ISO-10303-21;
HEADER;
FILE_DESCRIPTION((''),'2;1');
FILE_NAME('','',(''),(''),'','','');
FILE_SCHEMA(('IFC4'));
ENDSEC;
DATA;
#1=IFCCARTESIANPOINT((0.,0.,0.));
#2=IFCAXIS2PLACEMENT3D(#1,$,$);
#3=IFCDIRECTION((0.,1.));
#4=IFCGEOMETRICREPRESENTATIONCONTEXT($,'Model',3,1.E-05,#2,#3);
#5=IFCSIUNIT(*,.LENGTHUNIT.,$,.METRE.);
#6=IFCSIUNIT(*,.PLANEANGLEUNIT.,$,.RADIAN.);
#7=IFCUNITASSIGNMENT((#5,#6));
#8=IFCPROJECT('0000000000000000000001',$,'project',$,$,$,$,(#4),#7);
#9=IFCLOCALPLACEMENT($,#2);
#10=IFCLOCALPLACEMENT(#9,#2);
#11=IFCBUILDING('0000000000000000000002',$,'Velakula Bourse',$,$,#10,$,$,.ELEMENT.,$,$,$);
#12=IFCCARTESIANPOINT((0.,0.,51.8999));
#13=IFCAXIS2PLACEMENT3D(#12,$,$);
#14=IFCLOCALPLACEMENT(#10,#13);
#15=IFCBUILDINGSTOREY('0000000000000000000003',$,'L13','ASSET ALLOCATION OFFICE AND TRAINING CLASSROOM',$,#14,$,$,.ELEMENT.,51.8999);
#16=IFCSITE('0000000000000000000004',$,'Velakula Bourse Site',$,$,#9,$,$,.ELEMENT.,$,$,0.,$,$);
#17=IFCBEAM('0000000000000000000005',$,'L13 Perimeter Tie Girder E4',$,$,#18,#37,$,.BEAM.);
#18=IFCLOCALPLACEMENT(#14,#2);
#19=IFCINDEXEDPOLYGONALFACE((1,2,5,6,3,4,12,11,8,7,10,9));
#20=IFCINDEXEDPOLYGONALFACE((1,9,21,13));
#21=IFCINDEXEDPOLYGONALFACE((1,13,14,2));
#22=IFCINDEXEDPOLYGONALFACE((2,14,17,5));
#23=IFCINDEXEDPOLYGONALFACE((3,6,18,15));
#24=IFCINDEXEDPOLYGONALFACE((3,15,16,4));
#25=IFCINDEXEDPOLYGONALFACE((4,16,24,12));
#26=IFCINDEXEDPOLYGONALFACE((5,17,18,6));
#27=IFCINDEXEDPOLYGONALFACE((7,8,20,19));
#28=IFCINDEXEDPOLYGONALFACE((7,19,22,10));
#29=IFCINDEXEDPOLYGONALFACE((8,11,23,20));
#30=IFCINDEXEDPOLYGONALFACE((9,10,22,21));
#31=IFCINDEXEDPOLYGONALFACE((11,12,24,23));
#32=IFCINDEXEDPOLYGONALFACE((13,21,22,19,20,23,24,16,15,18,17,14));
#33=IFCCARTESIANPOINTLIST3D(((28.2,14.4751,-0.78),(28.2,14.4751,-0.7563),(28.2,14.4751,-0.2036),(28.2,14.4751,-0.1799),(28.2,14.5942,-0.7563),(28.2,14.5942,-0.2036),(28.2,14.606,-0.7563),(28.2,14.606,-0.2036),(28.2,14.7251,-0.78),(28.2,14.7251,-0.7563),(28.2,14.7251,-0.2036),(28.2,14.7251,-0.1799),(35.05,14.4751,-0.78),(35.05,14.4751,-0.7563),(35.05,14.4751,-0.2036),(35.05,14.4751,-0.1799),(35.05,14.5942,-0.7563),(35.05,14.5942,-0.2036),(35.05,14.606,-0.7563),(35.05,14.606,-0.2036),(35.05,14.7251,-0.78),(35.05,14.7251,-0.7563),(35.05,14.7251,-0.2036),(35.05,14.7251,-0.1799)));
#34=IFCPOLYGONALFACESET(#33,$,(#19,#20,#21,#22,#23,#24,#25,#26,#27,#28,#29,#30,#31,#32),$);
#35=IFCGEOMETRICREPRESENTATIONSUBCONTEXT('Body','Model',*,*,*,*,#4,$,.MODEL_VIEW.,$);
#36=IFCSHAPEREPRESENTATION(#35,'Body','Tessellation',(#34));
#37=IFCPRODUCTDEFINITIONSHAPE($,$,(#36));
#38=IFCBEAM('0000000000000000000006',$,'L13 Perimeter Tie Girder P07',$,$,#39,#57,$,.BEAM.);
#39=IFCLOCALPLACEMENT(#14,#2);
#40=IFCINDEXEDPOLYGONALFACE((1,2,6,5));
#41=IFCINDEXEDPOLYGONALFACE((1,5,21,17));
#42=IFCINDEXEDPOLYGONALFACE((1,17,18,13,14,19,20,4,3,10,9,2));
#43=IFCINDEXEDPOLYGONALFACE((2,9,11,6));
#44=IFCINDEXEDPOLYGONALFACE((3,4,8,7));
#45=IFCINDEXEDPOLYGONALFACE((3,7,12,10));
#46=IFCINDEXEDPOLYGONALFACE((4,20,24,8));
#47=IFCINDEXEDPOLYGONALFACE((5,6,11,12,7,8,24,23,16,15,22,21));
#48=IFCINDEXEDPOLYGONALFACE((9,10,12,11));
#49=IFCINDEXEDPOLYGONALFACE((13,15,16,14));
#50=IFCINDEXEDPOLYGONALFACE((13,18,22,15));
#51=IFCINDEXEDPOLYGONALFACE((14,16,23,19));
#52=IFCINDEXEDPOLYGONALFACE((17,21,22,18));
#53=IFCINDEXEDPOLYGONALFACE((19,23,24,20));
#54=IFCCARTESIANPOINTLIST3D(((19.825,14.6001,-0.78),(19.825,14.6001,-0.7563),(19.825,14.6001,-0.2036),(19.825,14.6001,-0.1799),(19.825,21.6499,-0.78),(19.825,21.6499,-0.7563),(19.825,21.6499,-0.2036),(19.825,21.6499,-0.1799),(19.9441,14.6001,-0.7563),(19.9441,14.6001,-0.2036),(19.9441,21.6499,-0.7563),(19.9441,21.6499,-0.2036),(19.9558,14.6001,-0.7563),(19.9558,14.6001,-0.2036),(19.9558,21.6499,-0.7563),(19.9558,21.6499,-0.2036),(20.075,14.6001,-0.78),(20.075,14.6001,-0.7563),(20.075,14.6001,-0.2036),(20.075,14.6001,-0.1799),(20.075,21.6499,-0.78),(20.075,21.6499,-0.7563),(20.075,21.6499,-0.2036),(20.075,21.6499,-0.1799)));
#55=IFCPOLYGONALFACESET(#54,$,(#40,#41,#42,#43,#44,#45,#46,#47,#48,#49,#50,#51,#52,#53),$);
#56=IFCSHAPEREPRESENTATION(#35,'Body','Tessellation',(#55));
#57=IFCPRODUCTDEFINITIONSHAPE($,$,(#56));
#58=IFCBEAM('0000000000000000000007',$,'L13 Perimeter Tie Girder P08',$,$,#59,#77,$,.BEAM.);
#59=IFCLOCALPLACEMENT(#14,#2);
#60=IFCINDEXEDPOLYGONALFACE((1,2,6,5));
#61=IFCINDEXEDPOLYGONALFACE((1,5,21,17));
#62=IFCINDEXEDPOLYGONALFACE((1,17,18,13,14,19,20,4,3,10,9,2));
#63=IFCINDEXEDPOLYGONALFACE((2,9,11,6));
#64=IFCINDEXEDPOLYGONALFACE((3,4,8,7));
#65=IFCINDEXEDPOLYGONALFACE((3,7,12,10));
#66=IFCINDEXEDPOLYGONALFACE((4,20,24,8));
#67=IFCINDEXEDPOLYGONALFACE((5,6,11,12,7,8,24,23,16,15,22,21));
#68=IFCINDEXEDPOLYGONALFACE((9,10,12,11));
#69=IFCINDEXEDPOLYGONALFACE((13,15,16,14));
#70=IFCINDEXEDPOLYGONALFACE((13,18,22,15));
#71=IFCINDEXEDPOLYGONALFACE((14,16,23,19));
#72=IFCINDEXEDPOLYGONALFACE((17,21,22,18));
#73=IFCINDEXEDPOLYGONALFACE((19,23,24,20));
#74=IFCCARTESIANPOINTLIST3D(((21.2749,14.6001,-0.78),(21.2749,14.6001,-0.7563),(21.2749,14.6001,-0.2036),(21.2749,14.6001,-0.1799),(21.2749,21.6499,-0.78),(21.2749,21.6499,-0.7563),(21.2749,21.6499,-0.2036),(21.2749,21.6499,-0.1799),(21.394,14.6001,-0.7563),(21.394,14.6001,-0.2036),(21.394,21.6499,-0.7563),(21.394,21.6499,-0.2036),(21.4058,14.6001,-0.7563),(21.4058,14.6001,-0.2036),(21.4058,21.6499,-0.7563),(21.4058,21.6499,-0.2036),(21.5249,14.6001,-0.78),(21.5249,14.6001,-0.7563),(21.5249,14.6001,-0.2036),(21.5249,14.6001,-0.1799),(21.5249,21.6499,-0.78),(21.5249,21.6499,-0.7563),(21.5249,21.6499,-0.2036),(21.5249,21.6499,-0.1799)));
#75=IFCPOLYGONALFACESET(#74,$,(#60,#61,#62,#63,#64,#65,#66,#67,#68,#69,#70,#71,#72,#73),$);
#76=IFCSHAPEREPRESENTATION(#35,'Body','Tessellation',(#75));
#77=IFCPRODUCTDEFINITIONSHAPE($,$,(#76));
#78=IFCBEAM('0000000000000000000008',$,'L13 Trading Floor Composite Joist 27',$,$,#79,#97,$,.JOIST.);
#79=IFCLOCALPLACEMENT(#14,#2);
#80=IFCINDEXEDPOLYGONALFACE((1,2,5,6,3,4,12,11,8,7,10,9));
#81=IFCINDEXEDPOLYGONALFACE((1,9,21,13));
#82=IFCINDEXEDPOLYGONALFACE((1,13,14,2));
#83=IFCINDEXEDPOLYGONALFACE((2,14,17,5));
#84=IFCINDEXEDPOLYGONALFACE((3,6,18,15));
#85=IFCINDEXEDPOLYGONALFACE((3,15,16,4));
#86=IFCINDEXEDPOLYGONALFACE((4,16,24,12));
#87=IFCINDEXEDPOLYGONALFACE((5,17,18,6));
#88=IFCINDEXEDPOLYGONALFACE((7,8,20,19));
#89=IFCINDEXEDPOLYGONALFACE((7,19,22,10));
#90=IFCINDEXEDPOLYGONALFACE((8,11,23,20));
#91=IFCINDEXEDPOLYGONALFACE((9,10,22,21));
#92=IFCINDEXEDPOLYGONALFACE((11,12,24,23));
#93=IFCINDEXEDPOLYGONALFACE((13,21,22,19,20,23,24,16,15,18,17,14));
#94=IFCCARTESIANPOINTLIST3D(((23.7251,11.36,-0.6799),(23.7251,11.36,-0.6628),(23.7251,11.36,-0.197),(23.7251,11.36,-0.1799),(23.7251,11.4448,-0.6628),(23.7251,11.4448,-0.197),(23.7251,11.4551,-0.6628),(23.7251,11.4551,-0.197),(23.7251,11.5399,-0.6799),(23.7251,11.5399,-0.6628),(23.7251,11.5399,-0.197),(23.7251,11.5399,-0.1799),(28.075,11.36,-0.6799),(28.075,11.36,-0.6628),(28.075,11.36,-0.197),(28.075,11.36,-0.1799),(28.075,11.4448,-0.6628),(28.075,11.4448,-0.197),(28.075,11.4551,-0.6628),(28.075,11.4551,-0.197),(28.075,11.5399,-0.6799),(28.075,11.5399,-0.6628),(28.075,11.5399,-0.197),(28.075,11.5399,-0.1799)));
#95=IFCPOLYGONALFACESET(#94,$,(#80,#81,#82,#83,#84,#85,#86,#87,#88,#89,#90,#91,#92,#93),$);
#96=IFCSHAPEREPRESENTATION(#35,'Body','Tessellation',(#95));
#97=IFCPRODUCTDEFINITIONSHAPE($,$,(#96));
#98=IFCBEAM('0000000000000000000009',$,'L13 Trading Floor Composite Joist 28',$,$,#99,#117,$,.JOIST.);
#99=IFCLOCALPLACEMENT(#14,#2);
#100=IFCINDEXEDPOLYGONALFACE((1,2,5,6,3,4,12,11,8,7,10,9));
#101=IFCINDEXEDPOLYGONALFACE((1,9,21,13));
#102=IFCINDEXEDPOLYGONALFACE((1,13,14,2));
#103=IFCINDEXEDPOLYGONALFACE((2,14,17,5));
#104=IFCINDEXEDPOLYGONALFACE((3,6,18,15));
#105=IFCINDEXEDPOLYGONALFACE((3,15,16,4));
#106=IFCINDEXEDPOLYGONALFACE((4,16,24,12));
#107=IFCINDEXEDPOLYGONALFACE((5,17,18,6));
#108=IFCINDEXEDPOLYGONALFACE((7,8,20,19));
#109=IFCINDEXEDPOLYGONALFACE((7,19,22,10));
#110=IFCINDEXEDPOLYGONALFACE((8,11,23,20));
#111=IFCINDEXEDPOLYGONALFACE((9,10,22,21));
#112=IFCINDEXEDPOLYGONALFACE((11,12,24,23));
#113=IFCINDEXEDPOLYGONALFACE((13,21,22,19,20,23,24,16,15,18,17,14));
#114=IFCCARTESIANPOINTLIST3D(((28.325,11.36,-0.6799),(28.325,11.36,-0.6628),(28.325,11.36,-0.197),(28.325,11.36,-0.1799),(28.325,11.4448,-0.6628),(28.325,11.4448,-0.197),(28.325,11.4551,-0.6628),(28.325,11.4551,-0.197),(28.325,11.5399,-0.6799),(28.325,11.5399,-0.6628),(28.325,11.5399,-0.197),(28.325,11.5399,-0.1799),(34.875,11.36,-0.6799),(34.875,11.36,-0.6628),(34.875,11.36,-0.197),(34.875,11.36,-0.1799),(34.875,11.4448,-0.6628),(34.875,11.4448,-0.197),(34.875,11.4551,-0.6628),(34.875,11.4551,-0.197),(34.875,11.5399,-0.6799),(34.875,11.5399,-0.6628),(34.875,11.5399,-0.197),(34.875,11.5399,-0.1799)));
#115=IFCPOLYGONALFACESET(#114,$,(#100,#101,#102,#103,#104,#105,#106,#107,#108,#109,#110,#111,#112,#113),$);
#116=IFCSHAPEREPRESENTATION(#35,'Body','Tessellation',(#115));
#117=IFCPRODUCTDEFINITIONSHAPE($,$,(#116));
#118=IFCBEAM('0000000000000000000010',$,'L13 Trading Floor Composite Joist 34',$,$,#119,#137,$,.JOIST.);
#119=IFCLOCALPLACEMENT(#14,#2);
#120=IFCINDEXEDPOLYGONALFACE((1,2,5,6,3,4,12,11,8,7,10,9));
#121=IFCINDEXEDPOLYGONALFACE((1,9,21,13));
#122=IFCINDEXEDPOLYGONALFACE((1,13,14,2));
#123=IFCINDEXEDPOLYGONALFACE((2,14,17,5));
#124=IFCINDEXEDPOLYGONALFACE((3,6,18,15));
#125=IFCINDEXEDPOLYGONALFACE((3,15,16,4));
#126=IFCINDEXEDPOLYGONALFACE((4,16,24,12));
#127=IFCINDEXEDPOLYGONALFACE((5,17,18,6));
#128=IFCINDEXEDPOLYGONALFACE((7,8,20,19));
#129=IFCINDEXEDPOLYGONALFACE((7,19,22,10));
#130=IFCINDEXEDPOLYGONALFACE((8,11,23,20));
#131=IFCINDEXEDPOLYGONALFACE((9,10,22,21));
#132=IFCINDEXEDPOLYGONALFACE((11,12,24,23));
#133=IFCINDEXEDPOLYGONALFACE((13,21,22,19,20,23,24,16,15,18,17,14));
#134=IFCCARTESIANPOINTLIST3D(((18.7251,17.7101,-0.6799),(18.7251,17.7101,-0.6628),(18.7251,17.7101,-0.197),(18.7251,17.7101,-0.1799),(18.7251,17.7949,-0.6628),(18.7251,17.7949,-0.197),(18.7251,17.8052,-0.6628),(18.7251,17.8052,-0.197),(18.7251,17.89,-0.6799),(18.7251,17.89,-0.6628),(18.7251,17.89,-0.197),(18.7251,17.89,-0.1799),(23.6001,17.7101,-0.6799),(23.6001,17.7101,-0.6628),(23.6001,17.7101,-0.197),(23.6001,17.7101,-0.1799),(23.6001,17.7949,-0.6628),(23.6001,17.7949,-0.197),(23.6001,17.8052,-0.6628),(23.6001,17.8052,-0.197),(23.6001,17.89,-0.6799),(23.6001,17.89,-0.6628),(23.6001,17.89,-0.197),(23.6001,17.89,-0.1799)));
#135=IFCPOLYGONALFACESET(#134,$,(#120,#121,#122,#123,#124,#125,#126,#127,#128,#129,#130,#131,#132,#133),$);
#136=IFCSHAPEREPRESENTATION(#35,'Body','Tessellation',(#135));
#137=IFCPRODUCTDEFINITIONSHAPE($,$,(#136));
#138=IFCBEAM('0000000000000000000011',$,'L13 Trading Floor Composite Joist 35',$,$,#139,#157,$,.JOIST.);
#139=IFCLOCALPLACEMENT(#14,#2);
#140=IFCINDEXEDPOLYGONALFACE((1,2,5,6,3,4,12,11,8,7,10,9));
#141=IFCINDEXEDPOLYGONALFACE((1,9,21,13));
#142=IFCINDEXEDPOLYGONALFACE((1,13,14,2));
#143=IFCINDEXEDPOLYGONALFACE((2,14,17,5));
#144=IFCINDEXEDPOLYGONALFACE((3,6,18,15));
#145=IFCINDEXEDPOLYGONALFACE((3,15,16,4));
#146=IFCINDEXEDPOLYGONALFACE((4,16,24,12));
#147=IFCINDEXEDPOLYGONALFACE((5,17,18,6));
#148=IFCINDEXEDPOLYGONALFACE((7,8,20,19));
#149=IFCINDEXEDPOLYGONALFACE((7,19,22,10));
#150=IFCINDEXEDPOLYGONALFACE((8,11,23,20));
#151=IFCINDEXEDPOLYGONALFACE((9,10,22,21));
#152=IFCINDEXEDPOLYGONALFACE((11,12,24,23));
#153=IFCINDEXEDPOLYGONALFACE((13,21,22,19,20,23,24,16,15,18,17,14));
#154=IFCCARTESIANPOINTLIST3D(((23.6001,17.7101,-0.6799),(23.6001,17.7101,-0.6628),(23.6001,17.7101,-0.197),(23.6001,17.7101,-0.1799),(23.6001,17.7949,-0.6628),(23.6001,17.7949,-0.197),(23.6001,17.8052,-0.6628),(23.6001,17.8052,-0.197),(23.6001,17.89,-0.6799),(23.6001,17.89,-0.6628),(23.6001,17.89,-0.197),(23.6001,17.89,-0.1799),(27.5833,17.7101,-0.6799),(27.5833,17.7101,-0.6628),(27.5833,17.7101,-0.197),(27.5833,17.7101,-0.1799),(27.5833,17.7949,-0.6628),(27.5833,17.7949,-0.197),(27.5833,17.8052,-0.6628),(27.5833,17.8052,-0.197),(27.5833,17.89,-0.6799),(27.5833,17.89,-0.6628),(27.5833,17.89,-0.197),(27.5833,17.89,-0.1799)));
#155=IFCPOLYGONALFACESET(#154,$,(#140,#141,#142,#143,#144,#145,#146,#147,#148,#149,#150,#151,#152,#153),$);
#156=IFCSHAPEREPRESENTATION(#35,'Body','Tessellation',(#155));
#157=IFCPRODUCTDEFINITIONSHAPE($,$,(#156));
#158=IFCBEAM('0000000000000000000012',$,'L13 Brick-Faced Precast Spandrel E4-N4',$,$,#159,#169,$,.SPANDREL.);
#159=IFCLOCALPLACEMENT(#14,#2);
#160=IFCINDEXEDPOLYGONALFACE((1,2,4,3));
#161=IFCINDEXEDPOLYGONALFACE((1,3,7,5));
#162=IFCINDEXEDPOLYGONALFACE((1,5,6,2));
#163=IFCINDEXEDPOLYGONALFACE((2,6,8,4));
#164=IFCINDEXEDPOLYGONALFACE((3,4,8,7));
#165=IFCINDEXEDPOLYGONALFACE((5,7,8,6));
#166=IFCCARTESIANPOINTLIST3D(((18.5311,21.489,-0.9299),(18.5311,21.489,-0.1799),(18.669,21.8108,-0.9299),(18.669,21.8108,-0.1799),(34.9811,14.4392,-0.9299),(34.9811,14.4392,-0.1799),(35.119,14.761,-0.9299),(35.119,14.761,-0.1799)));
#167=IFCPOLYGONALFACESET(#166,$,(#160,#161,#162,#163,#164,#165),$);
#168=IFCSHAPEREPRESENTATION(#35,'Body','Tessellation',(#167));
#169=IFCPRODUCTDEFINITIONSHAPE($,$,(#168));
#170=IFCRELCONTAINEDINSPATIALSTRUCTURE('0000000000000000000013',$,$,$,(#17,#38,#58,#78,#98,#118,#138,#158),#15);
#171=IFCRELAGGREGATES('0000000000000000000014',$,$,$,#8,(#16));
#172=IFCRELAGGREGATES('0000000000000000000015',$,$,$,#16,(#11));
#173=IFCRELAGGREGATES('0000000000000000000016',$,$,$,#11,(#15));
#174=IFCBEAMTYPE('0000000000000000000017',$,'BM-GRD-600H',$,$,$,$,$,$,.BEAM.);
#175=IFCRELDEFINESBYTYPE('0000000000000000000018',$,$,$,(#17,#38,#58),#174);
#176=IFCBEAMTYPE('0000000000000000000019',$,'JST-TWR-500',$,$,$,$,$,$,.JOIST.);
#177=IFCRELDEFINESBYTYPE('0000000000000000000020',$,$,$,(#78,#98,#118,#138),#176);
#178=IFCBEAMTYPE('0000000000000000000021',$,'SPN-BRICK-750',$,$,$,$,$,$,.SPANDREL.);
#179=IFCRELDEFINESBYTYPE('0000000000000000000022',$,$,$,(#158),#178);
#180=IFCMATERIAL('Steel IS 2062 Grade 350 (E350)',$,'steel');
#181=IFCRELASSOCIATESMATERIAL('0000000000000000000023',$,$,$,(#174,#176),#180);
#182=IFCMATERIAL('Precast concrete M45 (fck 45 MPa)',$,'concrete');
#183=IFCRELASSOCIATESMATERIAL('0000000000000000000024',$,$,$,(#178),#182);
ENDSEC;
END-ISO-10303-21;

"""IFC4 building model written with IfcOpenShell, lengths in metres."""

from ifc_helpers import new_model, si_unit, direction, frame, origin, origin_2d, place, context, subcontext, project, spatial, rectangle, i_section, extrude, material, material_profile, profile_set, type_object, element, save


model = new_model("IFC4")

# Units and contexts
model_context = context("Model", 3, precision=1e-05, world=origin(), true_north=direction((0.0, 1.0)))
body_context = subcontext(model_context, "Body", "Model", "MODEL_VIEW")
ifc_project = project(units=[si_unit("LENGTHUNIT", "METRE"), si_unit("PLANEANGLEUNIT", "RADIAN")], contexts=[model_context])

# Site, building, storey
site_placement = place(None, origin())
site = spatial("IfcSite", under=ifc_project, at=site_placement, Name="Velakula Bourse Site", CompositionType="ELEMENT", RefElevation=0.0)
building_placement = place(site_placement, origin())
building = spatial("IfcBuilding", under=site, at=building_placement, Name="Velakula Bourse", CompositionType="ELEMENT")
storey_placement = place(building_placement, frame((0.0, 0.0, 51.8999)))
storey = spatial("IfcBuildingStorey", under=building, at=storey_placement, Name="L13", Description="ASSET ALLOCATION OFFICE AND TRAINING CLASSROOM", CompositionType="ELEMENT", Elevation=51.8999)

# Shared definitions
ifc_material_1 = material(Name="Precast concrete M45 (fck 45 MPa)", Category="concrete")

# Beams
ifc_material_2 = material(Name="Steel IS 2062 Grade 350 (E350)", Category="steel")
ifc_material_profile_1 = material_profile(ifc_material_2, i_section(OverallWidth=0.25, OverallDepth=0.6001, WebThickness=0.0117, FlangeThickness=0.0237, at=origin_2d()), Name="Steel IS 2062 Grade 350 (E350)")
ifc_profile_set_1 = profile_set([ifc_material_profile_1], Name="Steel IS 2062 Grade 350 (E350)")
beam_type_1 = type_object("IfcBeamType", Name="BM-GRD-600H", PredefinedType="BEAM", material=ifc_profile_set_1)
beam_1_placement = place(storey_placement, frame((28.2, 14.6001, -0.48), z_axis=(1.0, 0.0, 0.0), x_axis=(0.0, 1.0, 0.0)))
element("IfcBeam", 1, at=beam_1_placement, inside=storey, type_object=beam_type_1, Name="L13 Perimeter Tie Girder E4", PredefinedType="BEAM", context=body_context, shape_type="SweptSolid", body=[
    extrude(i_section(OverallWidth=0.25, OverallDepth=0.6001, WebThickness=0.0117, FlangeThickness=0.0237, at=origin_2d()), origin(), (0.0, 0.0, 1.0), 6.8501),
])
for number, where, z_axis, x_axis, name in (
    (2, (19.95, 14.6001, -0.48), (0.0, 1.0, 0.0), (-1.0, 0.0, 0.0), "L13 Perimeter Tie Girder P07"),
    (3, (21.3999, 14.6001, -0.48), (0.0, 1.0, 0.0), (-1.0, 0.0, 0.0), "L13 Perimeter Tie Girder P08"),
):
    element("IfcBeam", number, at=place(storey_placement, frame(where, z_axis=z_axis, x_axis=x_axis)), inside=storey, type_object=beam_type_1, Name=name, PredefinedType="BEAM", context=body_context, shape_type="SweptSolid", body=[
        extrude(i_section(OverallWidth=0.25, OverallDepth=0.6001, WebThickness=0.0117, FlangeThickness=0.0237, at=origin_2d()), origin(), (0.0, 0.0, 1.0), 7.0498),
    ])
ifc_material_profile_2 = material_profile(ifc_material_2, i_section(OverallWidth=0.1799, OverallDepth=0.5, WebThickness=0.0103, FlangeThickness=0.0171, at=origin_2d()), Name="Steel IS 2062 Grade 350 (E350)")
ifc_profile_set_2 = profile_set([ifc_material_profile_2], Name="Steel IS 2062 Grade 350 (E350)")
beam_type_2 = type_object("IfcBeamType", Name="JST-TWR-500", PredefinedType="JOIST", material=ifc_profile_set_2)
beam_2_placement = place(storey_placement, frame((23.7251, 11.45, -0.4299), z_axis=(1.0, 0.0, 0.0), x_axis=(0.0, 1.0, 0.0)))
element("IfcBeam", 4, at=beam_2_placement, inside=storey, type_object=beam_type_2, Name="L13 Trading Floor Composite Joist 27", PredefinedType="JOIST", context=body_context, shape_type="SweptSolid", body=[
    extrude(i_section(OverallWidth=0.1799, OverallDepth=0.5, WebThickness=0.0103, FlangeThickness=0.0171, at=origin_2d()), origin(), (0.0, 0.0, 1.0), 4.3499),
])
beam_3_placement = place(storey_placement, frame((28.325, 11.45, -0.4299), z_axis=(1.0, 0.0, 0.0), x_axis=(0.0, 1.0, 0.0)))
element("IfcBeam", 5, at=beam_3_placement, inside=storey, type_object=beam_type_2, Name="L13 Trading Floor Composite Joist 28", PredefinedType="JOIST", context=body_context, shape_type="SweptSolid", body=[
    extrude(i_section(OverallWidth=0.1799, OverallDepth=0.5, WebThickness=0.0103, FlangeThickness=0.0171, at=origin_2d()), origin(), (0.0, 0.0, 1.0), 6.55),
])
beam_4_placement = place(storey_placement, frame((18.7251, 17.8, -0.4299), z_axis=(1.0, 0.0, 0.0), x_axis=(0.0, 1.0, 0.0)))
element("IfcBeam", 6, at=beam_4_placement, inside=storey, type_object=beam_type_2, Name="L13 Trading Floor Composite Joist 34", PredefinedType="JOIST", context=body_context, shape_type="SweptSolid", body=[
    extrude(i_section(OverallWidth=0.1799, OverallDepth=0.5, WebThickness=0.0103, FlangeThickness=0.0171, at=origin_2d()), origin(), (0.0, 0.0, 1.0), 4.875),
])
beam_5_placement = place(storey_placement, frame((23.6001, 17.8, -0.4299), z_axis=(1.0, 0.0, 0.0), x_axis=(0.0, 1.0, 0.0)))
element("IfcBeam", 7, at=beam_5_placement, inside=storey, type_object=beam_type_2, Name="L13 Trading Floor Composite Joist 35", PredefinedType="JOIST", context=body_context, shape_type="SweptSolid", body=[
    extrude(i_section(OverallWidth=0.1799, OverallDepth=0.5, WebThickness=0.0103, FlangeThickness=0.0171, at=origin_2d()), origin(), (0.0, 0.0, 1.0), 3.9832),
])
ifc_material_profile_3 = material_profile(ifc_material_1, rectangle(XDim=0.3501, YDim=0.75, at=origin_2d()), Name="Precast concrete M45 (fck 45 MPa)")
ifc_profile_set_3 = profile_set([ifc_material_profile_3], Name="Precast concrete M45 (fck 45 MPa)")
beam_type_3 = type_object("IfcBeamType", Name="SPN-BRICK-750", PredefinedType="SPANDREL", material=ifc_profile_set_3)
beam_6_placement = place(storey_placement, frame((35.05, 14.6001, -0.5549), z_axis=(-0.919149, 0.393911, 0.0), x_axis=(-0.393911, -0.919149, 0.0)))
element("IfcBeam", 8, at=beam_6_placement, inside=storey, type_object=beam_type_3, Name="L13 Brick-Faced Precast Spandrel E4-N4", PredefinedType="SPANDREL", context=body_context, shape_type="SweptSolid", body=[
    extrude(rectangle(XDim=0.3501, YDim=0.75, at=origin_2d()), origin(), (0.0, 0.0, 1.0), 17.897),
])

save(model, "model.ifc")
